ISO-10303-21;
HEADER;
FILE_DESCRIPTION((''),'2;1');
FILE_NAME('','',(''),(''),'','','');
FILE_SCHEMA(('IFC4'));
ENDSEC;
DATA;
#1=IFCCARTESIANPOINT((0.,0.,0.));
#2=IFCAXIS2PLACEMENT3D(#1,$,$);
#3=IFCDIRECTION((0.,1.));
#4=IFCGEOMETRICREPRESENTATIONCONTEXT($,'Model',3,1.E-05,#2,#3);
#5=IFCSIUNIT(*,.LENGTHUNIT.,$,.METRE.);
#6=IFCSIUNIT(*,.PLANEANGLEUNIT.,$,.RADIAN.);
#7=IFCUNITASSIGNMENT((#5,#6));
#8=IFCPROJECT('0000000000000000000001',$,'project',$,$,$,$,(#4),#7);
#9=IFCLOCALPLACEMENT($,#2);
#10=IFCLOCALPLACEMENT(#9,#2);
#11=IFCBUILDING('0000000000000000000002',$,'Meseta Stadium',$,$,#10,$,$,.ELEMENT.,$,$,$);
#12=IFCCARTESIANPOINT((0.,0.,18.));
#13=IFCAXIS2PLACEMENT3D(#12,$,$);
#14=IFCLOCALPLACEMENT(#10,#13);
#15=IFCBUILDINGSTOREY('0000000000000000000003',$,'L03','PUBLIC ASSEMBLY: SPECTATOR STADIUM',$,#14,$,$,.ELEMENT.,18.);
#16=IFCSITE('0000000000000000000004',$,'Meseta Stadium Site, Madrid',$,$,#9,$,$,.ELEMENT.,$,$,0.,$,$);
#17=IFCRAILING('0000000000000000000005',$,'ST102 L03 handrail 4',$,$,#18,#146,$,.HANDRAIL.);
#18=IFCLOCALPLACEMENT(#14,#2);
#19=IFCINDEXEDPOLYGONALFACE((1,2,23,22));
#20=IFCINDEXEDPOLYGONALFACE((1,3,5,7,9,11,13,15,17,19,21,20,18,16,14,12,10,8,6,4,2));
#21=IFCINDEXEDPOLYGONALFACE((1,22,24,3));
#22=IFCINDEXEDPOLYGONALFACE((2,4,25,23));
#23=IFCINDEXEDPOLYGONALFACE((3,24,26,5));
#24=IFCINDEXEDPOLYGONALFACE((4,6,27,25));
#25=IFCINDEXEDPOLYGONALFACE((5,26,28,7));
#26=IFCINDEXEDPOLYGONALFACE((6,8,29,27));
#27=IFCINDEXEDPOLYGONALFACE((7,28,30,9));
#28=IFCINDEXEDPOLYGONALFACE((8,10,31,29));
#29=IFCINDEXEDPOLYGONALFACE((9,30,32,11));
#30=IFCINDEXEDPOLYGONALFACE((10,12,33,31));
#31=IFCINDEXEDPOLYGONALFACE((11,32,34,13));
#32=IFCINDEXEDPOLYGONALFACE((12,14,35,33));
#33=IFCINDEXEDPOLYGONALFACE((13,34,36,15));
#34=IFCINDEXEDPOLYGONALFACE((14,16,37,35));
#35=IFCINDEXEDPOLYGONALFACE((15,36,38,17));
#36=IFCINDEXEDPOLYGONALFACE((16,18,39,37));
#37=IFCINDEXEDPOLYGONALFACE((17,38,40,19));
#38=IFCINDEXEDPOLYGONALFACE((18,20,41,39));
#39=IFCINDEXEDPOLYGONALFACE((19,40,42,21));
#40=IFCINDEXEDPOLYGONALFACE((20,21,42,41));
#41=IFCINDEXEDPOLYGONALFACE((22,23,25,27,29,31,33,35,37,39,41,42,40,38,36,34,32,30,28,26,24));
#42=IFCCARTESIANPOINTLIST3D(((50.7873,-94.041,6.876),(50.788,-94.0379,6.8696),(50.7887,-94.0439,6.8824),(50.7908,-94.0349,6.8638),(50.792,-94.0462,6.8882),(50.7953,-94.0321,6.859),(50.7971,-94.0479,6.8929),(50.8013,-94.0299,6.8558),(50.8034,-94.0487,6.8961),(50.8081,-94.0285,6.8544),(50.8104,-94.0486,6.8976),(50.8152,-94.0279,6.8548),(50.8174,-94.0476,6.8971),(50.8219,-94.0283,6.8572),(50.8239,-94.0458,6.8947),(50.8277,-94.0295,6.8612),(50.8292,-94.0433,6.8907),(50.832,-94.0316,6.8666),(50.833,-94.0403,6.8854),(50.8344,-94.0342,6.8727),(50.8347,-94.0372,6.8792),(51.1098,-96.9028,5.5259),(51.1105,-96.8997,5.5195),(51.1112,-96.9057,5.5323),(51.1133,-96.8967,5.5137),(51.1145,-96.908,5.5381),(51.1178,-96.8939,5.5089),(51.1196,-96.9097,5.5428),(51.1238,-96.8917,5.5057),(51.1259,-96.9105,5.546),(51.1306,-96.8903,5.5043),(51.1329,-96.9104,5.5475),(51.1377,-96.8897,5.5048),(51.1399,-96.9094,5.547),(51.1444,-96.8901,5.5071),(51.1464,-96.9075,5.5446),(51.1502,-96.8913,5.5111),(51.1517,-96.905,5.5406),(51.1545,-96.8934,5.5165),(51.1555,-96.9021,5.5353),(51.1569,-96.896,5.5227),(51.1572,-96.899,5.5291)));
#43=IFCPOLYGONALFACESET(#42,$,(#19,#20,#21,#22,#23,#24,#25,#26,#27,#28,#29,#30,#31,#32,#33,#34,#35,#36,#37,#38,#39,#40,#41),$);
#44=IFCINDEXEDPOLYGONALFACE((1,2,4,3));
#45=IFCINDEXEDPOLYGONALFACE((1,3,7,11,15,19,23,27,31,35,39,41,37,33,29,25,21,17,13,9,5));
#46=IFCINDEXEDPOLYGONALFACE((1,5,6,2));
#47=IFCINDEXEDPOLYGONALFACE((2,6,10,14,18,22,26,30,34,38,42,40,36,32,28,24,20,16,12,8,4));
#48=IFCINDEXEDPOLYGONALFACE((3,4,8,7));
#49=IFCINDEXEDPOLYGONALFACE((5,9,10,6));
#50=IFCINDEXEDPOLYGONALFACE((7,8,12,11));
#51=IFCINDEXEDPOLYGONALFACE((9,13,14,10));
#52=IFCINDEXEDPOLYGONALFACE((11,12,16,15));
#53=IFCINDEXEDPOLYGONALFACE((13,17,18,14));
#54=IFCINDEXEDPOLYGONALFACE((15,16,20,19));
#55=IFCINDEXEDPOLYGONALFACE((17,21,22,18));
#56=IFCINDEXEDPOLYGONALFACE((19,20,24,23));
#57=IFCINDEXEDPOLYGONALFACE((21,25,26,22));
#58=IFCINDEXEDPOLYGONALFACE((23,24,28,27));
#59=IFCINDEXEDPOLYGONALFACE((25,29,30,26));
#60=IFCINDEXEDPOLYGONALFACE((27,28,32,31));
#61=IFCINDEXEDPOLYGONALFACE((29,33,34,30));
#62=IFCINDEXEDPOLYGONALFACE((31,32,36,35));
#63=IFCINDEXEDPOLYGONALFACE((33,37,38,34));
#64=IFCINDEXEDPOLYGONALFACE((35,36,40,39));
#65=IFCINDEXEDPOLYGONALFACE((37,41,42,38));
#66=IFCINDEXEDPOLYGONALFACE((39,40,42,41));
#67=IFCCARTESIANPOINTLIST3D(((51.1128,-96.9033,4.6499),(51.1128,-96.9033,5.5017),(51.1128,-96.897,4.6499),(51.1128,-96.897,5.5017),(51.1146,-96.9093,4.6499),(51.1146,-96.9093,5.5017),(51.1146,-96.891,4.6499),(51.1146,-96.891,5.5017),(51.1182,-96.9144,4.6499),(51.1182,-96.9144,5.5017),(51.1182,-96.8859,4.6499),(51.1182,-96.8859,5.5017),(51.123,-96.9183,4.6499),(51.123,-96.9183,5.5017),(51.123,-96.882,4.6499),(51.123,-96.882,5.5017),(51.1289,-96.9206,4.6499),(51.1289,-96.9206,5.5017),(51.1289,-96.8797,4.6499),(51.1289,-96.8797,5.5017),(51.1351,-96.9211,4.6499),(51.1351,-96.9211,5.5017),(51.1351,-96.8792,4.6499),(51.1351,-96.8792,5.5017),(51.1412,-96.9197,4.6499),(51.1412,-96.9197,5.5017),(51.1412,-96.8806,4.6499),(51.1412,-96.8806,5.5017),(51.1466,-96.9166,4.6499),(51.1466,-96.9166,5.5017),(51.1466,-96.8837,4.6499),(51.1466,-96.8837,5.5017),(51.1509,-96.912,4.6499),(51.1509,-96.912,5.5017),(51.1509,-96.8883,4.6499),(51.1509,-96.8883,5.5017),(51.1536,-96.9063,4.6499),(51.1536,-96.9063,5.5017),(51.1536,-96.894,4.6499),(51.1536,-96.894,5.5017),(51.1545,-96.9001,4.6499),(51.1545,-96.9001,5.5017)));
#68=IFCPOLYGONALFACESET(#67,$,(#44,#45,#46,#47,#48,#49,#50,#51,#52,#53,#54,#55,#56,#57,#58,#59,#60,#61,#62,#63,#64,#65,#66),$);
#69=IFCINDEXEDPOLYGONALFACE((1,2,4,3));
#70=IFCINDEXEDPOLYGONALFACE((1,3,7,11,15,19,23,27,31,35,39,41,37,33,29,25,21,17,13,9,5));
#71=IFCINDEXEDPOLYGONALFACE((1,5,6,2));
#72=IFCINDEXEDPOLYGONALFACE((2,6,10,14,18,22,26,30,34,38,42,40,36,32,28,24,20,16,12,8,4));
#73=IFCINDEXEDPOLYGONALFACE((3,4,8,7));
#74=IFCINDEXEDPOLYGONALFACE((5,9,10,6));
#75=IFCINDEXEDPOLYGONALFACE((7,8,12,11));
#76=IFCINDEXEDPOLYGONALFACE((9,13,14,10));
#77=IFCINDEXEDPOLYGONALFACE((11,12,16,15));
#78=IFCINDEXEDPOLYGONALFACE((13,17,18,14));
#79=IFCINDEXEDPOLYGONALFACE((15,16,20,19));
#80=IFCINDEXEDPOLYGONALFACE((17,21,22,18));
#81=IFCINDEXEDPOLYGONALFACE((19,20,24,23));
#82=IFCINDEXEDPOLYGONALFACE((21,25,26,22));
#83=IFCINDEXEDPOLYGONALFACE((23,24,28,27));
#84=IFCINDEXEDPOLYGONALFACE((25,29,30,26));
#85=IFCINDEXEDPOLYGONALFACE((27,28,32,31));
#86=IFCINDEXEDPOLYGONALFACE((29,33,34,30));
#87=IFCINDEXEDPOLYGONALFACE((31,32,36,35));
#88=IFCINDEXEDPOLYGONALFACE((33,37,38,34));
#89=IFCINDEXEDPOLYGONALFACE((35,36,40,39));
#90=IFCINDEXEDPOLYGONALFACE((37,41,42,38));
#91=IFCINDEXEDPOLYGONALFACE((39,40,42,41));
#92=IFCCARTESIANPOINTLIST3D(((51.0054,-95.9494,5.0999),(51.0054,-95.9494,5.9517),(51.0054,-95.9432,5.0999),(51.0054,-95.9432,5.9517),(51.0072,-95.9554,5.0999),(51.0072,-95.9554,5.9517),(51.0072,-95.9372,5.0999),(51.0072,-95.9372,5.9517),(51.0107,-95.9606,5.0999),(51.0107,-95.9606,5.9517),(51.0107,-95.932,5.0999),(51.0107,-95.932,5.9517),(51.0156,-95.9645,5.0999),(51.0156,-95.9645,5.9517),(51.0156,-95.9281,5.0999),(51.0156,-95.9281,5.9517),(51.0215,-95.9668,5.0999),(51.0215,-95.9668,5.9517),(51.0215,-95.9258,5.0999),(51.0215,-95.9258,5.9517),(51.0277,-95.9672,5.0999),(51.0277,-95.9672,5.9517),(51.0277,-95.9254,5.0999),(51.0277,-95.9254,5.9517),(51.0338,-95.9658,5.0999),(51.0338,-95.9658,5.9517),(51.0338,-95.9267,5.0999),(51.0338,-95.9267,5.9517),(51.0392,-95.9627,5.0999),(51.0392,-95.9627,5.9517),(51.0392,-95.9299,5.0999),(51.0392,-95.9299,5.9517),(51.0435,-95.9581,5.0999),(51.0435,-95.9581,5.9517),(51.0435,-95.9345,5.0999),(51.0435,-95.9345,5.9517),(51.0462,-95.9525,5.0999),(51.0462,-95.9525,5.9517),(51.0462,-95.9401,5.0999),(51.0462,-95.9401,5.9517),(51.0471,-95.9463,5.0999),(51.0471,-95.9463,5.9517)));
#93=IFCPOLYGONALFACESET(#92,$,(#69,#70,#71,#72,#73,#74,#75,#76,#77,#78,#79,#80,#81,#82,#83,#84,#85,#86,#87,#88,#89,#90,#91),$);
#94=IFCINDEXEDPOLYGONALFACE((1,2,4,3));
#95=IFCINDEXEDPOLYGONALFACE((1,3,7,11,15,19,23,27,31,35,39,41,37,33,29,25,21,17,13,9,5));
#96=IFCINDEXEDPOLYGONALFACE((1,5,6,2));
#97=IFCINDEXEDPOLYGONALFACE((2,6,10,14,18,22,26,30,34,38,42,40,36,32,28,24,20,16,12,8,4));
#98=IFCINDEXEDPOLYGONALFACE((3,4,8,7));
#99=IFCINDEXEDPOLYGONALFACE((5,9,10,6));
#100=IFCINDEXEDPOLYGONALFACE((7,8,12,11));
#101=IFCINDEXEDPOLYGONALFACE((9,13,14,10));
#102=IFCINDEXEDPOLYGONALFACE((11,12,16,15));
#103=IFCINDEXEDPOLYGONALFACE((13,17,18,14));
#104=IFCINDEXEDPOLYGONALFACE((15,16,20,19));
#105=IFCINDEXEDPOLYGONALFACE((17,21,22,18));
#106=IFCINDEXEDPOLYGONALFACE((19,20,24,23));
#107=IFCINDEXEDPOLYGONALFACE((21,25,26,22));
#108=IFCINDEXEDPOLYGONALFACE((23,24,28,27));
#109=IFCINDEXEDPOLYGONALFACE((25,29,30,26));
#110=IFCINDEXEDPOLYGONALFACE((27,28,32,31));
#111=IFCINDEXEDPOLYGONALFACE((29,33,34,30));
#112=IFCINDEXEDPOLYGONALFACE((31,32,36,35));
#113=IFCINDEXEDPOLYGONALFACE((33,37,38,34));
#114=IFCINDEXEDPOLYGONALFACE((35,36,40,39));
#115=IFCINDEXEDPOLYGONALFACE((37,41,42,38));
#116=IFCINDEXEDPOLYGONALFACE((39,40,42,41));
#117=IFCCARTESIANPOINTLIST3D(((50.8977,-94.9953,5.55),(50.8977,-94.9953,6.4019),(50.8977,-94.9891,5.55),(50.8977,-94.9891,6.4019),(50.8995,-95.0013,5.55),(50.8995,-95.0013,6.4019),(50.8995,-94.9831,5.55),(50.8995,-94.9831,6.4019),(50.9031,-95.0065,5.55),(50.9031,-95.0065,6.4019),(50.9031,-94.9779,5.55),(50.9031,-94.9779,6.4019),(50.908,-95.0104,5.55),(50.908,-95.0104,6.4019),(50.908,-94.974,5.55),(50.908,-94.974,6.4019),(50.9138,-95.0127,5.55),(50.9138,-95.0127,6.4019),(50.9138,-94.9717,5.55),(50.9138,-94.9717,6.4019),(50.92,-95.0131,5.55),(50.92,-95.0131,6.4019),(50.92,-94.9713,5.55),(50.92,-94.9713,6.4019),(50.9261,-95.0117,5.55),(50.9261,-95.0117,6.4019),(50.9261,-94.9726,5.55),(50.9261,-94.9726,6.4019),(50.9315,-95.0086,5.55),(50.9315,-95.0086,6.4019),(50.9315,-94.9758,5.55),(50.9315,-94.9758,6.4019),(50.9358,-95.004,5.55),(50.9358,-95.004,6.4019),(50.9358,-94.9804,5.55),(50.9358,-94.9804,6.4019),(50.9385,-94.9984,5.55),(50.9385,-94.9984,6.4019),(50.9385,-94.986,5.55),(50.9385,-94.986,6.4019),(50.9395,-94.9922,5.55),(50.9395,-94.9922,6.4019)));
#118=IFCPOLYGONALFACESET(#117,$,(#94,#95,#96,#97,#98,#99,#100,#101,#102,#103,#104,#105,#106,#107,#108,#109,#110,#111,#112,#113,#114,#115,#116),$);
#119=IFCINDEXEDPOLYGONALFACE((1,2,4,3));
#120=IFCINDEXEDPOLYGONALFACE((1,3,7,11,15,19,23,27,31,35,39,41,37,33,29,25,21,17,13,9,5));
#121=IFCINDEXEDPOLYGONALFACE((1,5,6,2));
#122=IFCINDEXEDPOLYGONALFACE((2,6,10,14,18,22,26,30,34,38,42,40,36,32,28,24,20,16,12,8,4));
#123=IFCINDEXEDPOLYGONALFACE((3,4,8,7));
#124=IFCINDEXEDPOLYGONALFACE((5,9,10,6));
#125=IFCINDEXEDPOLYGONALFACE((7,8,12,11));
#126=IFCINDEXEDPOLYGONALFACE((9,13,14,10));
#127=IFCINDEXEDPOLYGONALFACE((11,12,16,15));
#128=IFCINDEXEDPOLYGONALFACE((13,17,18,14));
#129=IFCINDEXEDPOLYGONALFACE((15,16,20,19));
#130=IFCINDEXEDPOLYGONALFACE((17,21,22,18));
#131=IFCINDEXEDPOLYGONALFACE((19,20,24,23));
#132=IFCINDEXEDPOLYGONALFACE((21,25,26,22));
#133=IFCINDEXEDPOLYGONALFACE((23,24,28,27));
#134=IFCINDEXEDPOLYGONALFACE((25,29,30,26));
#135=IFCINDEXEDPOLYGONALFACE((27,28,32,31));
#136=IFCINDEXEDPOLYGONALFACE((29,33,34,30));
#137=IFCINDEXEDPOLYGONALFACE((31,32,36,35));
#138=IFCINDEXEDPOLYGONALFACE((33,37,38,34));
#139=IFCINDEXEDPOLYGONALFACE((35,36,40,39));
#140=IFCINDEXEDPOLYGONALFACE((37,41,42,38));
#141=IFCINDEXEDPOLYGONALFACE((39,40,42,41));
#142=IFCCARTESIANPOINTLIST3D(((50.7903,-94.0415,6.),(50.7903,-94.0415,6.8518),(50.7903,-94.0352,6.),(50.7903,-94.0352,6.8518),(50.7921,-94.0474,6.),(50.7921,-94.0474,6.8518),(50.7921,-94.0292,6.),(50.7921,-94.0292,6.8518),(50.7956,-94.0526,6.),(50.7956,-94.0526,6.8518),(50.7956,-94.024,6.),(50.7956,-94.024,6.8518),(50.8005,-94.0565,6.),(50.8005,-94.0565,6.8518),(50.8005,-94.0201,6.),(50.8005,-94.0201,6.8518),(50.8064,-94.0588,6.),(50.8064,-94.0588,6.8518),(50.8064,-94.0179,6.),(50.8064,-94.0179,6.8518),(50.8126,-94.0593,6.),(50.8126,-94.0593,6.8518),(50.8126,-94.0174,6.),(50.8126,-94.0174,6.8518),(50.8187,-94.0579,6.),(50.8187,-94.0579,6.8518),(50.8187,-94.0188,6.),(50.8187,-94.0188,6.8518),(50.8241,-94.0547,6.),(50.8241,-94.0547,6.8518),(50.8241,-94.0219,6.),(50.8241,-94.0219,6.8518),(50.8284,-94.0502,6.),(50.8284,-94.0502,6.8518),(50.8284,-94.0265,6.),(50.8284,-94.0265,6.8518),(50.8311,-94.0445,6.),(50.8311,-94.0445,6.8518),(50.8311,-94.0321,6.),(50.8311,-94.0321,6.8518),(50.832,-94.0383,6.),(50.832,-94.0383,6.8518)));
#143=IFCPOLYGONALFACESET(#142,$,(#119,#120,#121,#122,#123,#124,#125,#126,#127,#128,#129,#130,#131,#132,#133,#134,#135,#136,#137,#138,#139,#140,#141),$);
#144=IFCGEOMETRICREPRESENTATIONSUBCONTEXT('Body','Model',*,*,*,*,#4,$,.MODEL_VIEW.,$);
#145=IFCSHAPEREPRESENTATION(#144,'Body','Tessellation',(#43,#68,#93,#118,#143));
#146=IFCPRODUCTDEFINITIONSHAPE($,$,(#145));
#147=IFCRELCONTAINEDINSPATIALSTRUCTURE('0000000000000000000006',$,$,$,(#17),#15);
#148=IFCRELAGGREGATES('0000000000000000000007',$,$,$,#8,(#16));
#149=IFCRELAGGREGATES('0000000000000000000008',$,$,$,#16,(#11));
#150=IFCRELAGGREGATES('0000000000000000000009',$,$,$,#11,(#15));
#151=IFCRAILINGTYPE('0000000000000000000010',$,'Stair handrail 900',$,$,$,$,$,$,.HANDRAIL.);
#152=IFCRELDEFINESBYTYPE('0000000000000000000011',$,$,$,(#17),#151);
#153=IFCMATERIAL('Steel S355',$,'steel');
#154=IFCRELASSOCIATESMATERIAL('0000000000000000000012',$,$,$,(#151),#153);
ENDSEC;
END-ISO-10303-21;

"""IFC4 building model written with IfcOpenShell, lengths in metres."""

from ifc_helpers import new_model, si_unit, direction, frame, origin, origin_2d, place, context, subcontext, project, spatial, circle, extrude, material, type_object, element, save


model = new_model("IFC4")

# Units and contexts
model_context = context("Model", 3, precision=1e-05, world=origin(), true_north=direction((0.0, 1.0)))
body_context = subcontext(model_context, "Body", "Model", "MODEL_VIEW")
ifc_project = project(units=[si_unit("LENGTHUNIT", "METRE"), si_unit("PLANEANGLEUNIT", "RADIAN")], contexts=[model_context])

# Site, building, storey
site_placement = place(None, origin())
site = spatial("IfcSite", under=ifc_project, at=site_placement, Name="Meseta Stadium Site, Madrid", CompositionType="ELEMENT", RefElevation=0.0)
building_placement = place(site_placement, origin())
building = spatial("IfcBuilding", under=site, at=building_placement, Name="Meseta Stadium", CompositionType="ELEMENT")
storey_placement = place(building_placement, frame((0.0, 0.0, 18.0)))
storey = spatial("IfcBuildingStorey", under=building, at=storey_placement, Name="L03", Description="PUBLIC ASSEMBLY: SPECTATOR STADIUM", CompositionType="ELEMENT", Elevation=18.0)

# Railing
ifc_material_1 = material(Name="Steel S355", Category="steel")
railing_type_1 = type_object("IfcRailingType", Name="Stair handrail 900", PredefinedType="HANDRAIL", material=ifc_material_1)
railing_1_placement = place(storey_placement, frame((51.1335, -96.9001, 4.6499)))
element("IfcRailing", 1, at=railing_1_placement, inside=storey, type_object=railing_type_1, Name="ST102 L03 handrail 4", PredefinedType="HANDRAIL", context=body_context, shape_type="SweptSolid", body=[
    extrude(circle(Radius=0.0239, at=origin_2d()), frame((0.0, 0.0, 0.876), z_axis=(-0.101396, 0.899748, 0.424467), x_axis=(-0.99371, -0.111985, 0.0)), (0.0, 0.0, 1.0), 3.1807),
    extrude(circle(Radius=0.021, at=origin_2d()), origin(), (0.0, 0.0, 1.0), 0.8518),
    extrude(circle(Radius=0.021, at=origin_2d()), frame((-0.1074, 0.9539, 0.45)), (0.0, 0.0, 1.0), 0.8518),
    extrude(circle(Radius=0.021, at=origin_2d()), frame((-0.2151, 1.908, 0.9001)), (0.0, 0.0, 1.0), 0.8518),
    extrude(circle(Radius=0.021, at=origin_2d()), frame((-0.3225, 2.8618, 1.3501)), (0.0, 0.0, 1.0), 0.8518),
])

save(model, "model.ifc")
